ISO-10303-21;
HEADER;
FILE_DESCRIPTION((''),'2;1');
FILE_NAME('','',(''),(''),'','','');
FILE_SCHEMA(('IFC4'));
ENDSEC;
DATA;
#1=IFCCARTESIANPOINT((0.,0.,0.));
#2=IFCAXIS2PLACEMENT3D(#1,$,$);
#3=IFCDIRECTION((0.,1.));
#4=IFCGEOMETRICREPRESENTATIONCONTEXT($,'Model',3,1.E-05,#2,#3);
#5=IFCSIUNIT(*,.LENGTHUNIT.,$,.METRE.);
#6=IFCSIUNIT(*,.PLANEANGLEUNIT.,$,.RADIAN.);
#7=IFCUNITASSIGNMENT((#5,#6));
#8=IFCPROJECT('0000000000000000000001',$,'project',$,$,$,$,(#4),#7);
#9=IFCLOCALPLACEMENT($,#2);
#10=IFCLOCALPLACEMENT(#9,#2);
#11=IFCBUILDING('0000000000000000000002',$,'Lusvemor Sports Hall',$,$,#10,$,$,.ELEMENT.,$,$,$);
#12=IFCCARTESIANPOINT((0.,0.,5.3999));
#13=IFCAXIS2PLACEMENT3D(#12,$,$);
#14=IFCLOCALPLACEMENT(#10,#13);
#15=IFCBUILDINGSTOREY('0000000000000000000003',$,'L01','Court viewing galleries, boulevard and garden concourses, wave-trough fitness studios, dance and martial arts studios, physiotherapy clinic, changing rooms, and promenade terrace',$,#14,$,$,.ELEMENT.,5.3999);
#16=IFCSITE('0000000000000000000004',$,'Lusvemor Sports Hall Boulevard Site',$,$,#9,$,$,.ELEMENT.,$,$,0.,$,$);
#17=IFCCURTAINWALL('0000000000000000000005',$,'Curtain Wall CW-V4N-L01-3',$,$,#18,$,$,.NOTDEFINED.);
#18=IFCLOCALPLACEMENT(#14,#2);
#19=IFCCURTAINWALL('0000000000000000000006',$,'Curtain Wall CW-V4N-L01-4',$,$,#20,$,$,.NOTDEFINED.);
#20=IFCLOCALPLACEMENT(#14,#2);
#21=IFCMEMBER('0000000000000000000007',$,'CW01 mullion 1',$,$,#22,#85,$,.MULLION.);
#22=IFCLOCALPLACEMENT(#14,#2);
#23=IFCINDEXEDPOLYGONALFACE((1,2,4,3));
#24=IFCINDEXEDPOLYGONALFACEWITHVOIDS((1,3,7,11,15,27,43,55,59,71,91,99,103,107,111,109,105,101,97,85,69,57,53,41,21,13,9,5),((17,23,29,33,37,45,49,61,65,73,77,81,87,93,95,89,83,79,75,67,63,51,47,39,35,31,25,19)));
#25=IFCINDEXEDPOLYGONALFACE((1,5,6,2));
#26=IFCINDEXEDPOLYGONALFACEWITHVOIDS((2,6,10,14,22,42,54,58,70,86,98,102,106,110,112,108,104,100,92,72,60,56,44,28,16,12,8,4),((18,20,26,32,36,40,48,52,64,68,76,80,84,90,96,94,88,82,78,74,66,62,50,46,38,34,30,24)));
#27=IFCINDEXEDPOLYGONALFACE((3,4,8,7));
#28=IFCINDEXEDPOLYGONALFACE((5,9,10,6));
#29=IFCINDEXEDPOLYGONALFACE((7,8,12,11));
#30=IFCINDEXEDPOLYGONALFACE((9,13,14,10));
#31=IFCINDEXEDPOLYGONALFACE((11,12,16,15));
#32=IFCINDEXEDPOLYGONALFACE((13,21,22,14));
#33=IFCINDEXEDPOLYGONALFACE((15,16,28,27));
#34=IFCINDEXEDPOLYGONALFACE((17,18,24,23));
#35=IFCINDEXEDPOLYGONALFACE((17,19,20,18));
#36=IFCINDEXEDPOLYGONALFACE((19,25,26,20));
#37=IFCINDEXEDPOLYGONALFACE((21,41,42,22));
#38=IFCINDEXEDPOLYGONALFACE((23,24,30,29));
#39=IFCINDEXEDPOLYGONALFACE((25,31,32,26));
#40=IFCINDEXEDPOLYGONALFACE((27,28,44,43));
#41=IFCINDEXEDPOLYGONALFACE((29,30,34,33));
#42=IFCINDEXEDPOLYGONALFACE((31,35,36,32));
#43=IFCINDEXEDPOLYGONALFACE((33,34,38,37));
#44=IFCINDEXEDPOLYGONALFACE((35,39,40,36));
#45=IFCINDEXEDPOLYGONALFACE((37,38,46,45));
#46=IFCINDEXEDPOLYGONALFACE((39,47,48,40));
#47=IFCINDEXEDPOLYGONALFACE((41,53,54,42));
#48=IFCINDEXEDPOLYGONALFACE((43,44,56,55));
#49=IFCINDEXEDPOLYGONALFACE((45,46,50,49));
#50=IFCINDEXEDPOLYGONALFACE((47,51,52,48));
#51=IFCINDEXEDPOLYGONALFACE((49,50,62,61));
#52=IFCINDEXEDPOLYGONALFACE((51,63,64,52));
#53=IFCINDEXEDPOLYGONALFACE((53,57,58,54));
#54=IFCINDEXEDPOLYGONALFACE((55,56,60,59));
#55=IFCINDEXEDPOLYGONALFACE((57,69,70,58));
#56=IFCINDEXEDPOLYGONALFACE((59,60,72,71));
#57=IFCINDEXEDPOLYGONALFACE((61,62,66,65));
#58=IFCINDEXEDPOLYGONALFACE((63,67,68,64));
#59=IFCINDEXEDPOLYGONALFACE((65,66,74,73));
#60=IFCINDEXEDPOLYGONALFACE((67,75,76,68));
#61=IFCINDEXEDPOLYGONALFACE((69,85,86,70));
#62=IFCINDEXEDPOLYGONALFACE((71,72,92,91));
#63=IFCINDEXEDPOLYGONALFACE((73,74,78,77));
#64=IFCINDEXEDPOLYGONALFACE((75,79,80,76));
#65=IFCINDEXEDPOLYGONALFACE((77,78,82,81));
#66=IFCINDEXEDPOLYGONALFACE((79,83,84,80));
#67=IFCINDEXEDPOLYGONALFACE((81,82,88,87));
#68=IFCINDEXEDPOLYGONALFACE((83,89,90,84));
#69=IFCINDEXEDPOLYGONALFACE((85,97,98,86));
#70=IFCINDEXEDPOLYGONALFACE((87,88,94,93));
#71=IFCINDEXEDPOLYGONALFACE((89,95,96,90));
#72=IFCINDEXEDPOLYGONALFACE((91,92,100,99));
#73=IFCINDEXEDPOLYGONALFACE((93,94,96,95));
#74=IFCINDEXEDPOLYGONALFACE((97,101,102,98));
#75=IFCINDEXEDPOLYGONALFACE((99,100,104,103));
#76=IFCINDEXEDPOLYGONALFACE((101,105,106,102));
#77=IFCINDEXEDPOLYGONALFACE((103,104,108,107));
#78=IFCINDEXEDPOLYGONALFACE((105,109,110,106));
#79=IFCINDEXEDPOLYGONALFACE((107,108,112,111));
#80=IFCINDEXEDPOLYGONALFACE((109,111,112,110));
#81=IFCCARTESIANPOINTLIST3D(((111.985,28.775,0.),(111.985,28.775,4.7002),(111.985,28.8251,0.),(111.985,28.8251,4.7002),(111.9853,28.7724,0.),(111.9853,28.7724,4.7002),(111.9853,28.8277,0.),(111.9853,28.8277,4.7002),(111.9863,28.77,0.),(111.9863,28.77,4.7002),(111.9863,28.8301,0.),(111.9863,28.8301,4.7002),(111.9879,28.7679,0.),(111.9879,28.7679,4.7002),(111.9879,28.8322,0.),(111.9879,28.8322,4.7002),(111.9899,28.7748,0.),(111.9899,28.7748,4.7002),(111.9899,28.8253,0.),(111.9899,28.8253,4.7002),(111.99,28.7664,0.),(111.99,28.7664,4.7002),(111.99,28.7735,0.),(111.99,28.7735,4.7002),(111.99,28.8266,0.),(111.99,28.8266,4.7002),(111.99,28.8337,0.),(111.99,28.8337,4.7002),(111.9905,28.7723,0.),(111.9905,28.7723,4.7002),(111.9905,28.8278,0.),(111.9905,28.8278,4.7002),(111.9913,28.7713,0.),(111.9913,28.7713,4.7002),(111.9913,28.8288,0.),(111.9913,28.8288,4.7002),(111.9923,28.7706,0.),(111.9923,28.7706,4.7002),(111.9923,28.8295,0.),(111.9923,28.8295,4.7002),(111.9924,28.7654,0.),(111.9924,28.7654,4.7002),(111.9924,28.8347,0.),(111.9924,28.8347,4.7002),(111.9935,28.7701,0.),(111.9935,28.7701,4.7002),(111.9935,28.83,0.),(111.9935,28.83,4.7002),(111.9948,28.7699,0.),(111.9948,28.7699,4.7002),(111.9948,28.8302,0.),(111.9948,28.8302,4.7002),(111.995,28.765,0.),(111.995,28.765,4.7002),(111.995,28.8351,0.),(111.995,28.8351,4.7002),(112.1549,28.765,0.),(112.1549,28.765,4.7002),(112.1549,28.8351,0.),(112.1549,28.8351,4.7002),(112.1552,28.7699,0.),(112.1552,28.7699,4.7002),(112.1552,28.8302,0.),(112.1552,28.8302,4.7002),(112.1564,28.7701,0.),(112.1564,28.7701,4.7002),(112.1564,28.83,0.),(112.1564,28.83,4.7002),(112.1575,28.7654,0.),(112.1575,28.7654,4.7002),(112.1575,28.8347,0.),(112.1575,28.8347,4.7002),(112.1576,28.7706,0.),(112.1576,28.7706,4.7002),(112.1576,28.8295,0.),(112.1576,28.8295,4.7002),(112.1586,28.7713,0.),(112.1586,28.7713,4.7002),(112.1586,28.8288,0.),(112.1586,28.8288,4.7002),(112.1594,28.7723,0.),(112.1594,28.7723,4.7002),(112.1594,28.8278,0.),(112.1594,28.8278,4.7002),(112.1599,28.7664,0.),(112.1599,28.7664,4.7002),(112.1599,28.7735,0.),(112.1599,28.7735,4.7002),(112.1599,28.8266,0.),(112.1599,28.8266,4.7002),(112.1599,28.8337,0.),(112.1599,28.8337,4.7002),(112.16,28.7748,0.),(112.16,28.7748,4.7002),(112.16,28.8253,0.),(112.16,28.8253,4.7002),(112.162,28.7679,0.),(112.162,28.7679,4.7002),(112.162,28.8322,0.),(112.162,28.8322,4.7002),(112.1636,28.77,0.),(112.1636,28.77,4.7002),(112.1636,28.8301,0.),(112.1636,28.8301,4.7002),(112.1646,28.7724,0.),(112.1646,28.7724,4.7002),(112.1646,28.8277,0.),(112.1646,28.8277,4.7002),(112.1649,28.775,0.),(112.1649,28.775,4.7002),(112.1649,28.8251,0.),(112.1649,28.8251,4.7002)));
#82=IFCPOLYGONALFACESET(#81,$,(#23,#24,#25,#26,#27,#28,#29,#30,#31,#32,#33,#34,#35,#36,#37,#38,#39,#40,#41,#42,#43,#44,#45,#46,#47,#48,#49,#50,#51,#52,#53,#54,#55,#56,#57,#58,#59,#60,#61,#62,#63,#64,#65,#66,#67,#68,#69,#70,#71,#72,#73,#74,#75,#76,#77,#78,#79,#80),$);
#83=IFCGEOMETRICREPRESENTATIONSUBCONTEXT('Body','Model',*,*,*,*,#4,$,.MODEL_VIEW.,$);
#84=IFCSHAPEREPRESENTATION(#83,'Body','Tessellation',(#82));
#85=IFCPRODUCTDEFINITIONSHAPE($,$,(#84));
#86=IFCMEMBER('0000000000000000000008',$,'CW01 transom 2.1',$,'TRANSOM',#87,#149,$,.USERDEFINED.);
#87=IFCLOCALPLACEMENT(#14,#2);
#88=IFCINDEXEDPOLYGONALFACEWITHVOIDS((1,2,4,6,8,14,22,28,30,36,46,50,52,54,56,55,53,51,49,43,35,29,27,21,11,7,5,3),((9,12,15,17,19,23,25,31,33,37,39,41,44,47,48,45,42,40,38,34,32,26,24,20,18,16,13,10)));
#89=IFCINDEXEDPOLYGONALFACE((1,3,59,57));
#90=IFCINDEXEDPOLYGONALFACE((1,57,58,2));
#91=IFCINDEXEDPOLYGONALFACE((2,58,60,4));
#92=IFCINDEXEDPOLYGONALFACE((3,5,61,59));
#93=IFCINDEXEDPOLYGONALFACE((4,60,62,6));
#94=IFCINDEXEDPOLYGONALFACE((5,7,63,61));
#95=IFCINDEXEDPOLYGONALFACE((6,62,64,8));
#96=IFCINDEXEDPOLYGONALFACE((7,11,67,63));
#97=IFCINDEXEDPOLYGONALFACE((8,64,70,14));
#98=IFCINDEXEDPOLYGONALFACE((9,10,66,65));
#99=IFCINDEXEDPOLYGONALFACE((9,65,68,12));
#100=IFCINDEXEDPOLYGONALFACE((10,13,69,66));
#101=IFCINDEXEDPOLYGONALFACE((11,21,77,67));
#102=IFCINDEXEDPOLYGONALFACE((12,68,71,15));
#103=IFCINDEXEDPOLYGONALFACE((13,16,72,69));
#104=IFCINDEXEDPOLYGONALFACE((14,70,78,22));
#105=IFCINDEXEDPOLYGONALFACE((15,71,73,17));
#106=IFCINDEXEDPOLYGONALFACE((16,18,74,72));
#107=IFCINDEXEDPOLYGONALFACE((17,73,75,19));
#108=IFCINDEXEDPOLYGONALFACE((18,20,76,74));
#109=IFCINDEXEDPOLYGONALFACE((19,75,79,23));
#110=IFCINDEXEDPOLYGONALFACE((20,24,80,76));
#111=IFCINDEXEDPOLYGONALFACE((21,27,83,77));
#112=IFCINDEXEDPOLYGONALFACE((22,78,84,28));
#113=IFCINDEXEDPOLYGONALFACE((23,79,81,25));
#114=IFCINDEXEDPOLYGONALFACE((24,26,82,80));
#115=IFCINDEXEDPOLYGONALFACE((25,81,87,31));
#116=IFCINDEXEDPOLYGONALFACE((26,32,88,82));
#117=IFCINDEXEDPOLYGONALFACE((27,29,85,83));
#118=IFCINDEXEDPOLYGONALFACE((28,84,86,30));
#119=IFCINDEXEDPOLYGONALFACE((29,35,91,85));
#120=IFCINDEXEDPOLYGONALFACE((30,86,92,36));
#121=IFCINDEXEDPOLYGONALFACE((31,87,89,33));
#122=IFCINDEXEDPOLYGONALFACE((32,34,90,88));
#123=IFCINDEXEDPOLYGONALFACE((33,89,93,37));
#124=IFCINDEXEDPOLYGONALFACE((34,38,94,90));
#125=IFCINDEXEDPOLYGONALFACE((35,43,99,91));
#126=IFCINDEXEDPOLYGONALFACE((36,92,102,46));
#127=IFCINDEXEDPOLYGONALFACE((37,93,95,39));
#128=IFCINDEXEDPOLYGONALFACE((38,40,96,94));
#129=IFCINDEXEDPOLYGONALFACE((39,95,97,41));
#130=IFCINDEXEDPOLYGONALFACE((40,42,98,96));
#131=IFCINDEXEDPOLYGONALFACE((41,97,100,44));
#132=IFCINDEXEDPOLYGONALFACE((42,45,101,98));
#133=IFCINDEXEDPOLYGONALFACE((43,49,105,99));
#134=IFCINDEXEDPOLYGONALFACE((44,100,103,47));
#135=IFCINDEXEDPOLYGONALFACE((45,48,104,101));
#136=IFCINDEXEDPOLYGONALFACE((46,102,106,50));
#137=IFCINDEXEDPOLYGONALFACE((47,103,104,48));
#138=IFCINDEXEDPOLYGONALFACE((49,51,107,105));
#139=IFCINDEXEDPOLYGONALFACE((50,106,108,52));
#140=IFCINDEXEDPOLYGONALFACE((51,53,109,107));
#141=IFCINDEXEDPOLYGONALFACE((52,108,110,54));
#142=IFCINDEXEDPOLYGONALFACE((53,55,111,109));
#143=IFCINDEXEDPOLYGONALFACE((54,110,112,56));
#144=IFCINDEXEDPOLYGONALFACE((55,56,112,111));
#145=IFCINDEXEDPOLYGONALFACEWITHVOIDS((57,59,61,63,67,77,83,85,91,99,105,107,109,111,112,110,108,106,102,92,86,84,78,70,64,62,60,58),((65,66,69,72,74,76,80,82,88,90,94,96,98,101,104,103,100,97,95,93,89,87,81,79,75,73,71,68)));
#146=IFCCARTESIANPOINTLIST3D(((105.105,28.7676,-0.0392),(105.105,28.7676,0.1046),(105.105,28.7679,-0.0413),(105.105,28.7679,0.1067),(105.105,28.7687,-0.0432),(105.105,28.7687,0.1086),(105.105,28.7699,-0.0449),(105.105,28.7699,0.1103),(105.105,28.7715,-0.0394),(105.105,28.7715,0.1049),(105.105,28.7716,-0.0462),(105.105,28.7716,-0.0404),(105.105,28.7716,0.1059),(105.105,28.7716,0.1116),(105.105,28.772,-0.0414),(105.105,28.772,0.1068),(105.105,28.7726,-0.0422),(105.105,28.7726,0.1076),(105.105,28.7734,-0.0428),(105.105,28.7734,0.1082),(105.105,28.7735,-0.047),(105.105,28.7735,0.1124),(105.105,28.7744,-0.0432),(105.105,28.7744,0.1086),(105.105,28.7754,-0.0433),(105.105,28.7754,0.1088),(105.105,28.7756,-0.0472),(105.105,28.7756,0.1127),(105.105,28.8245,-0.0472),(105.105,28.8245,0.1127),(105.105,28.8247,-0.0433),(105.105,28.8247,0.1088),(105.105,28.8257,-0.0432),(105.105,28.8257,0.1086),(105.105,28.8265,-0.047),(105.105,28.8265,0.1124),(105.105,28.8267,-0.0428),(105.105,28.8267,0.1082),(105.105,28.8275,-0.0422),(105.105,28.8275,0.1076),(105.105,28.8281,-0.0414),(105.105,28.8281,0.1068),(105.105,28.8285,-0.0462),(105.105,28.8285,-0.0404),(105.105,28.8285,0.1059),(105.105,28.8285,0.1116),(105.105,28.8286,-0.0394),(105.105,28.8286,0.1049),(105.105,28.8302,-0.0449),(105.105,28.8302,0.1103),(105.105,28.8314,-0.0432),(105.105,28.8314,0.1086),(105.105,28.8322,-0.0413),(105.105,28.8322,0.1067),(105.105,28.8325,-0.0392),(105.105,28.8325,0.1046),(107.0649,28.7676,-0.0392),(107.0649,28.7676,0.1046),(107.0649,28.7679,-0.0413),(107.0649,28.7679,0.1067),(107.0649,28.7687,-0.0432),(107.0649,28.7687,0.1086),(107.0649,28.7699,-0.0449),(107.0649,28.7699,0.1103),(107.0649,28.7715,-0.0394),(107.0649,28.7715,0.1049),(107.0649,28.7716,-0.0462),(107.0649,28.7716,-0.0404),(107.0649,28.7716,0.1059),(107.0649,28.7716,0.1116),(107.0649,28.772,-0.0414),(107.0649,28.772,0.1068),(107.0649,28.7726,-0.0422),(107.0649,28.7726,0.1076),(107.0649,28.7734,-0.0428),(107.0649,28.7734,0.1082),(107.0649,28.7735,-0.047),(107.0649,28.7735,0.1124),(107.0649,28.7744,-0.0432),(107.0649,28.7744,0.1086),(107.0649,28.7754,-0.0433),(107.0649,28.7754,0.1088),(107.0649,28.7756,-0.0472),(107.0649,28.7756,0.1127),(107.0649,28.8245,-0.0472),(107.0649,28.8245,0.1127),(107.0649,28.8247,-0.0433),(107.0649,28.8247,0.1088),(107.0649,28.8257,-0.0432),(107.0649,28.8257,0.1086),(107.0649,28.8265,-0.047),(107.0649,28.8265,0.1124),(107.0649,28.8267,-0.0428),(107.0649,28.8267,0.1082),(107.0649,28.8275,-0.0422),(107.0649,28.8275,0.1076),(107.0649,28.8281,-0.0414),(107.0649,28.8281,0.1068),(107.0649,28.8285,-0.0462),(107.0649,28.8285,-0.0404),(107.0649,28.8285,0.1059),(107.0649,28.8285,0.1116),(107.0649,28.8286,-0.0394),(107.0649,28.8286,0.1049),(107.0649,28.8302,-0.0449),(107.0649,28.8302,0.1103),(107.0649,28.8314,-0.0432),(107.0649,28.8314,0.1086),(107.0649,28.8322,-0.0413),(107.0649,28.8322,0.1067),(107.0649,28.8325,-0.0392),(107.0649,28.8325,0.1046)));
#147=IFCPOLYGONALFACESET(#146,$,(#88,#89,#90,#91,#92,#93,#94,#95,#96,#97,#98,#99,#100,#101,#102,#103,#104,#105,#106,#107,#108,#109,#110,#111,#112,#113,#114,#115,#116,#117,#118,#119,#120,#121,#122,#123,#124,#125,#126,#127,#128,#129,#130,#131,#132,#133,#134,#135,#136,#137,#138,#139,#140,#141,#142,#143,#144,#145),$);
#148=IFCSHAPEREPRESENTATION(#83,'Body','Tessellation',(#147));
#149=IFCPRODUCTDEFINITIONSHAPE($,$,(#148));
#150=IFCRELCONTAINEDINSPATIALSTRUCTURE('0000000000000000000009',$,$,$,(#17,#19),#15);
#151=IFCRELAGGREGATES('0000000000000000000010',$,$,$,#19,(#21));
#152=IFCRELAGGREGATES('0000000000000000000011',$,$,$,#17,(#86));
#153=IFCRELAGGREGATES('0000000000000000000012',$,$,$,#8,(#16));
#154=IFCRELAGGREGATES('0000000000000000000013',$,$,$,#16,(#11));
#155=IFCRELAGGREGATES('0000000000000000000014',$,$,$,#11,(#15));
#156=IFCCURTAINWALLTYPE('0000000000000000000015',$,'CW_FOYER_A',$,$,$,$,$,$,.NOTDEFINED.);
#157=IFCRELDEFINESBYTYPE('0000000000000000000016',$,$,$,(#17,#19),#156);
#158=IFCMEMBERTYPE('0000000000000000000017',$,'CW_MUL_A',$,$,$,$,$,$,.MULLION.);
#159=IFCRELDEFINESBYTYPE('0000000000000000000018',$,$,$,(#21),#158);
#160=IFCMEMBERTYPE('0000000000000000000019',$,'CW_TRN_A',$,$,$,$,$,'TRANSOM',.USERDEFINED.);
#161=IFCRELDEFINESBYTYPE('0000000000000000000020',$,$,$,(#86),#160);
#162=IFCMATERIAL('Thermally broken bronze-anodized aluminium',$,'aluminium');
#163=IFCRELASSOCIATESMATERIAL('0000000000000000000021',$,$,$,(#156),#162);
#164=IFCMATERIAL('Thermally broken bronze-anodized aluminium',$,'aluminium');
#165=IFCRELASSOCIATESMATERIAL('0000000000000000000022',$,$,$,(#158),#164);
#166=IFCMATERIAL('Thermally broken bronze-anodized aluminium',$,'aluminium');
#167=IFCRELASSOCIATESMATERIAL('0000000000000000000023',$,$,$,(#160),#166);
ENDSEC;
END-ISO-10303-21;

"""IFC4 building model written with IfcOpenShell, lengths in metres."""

from ifc_helpers import new_model, si_unit, direction, frame, origin, origin_2d, place, context, subcontext, project, spatial, hollow_rectangle, extrude, material, material_profile, profile_set, type_object, element, aggregate, save


model = new_model("IFC4")

# Units and contexts
model_context = context("Model", 3, precision=1e-05, world=origin(), true_north=direction((0.0, 1.0)))
body_context = subcontext(model_context, "Body", "Model", "MODEL_VIEW")
ifc_project = project(units=[si_unit("LENGTHUNIT", "METRE"), si_unit("PLANEANGLEUNIT", "RADIAN")], contexts=[model_context])

# Site, building, storey
site_placement = place(None, origin())
site = spatial("IfcSite", under=ifc_project, at=site_placement, Name="Lusvemor Sports Hall Boulevard Site", CompositionType="ELEMENT", RefElevation=0.0)
building_placement = place(site_placement, origin())
building = spatial("IfcBuilding", under=site, at=building_placement, Name="Lusvemor Sports Hall", CompositionType="ELEMENT")
storey_placement = place(building_placement, frame((0.0, 0.0, 5.3999)))
storey = spatial("IfcBuildingStorey", under=building, at=storey_placement, Name="L01", Description="Court viewing galleries, boulevard and garden concourses, wave-trough fitness studios, dance and martial arts studios, physiotherapy clinic, changing rooms, and promenade terrace", CompositionType="ELEMENT", Elevation=5.3999)

# Curtain wall
ifc_material_1 = material(Name="Thermally broken bronze-anodized aluminium", Category="aluminium")
curtain_wall_type = type_object("IfcCurtainWallType", Name="CW_FOYER_A", PredefinedType="NOTDEFINED", material=ifc_material_1)
curtain_wall_1_placement = place(storey_placement, origin())
curtain_wall_1 = element("IfcCurtainWall", 1, at=curtain_wall_1_placement, inside=storey, type_object=curtain_wall_type, Name="Curtain Wall CW-V4N-L01-3", PredefinedType="NOTDEFINED")
ifc_material_2 = material(Name="Thermally broken bronze-anodized aluminium", Category="aluminium")
ifc_material_profile_1 = material_profile(ifc_material_2, hollow_rectangle(XDim=0.0701, YDim=0.1799, WallThickness=0.0049, InnerFilletRadius=0.0049, OuterFilletRadius=0.01, at=origin_2d()), Name="CWMUL180x70x5")
ifc_profile_set_1 = profile_set([ifc_material_profile_1], Name="Thermally broken bronze-anodized aluminium")
member_type_1 = type_object("IfcMemberType", Name="CW_MUL_A", PredefinedType="MULLION", material=ifc_profile_set_1)

# Curtain wall, member
curtain_wall_2_placement = place(storey_placement, origin())
curtain_wall_2 = element("IfcCurtainWall", 2, at=curtain_wall_2_placement, inside=storey, type_object=curtain_wall_type, Name="Curtain Wall CW-V4N-L01-4", PredefinedType="NOTDEFINED")
member_1_placement = place(storey_placement, frame((112.075, 28.8, 0.0), z_axis=(0.0, 0.0, 1.0), x_axis=(0.0, 1.0, 0.0)))
member_1 = element("IfcMember", 3, at=member_1_placement, type_object=member_type_1, Name="CW01 mullion 1", PredefinedType="MULLION", context=body_context, shape_type="SweptSolid", body=[
    extrude(hollow_rectangle(XDim=0.0701, YDim=0.1799, WallThickness=0.0049, InnerFilletRadius=0.0049, OuterFilletRadius=0.01, at=origin_2d()), origin(), (0.0, 0.0, 1.0), 4.7002),
])

# Member
ifc_material_3 = material(Name="Thermally broken bronze-anodized aluminium", Category="aluminium")
ifc_material_profile_2 = material_profile(ifc_material_3, hollow_rectangle(XDim=0.0649, YDim=0.1599, WallThickness=0.0039, InnerFilletRadius=0.0039, OuterFilletRadius=0.0081, at=origin_2d()), Name="CWTRN160x65x4")
ifc_profile_set_2 = profile_set([ifc_material_profile_2], Name="Thermally broken bronze-anodized aluminium")
member_type_2 = type_object("IfcMemberType", Name="CW_TRN_A", ElementType="TRANSOM", PredefinedType="USERDEFINED", material=ifc_profile_set_2)
member_2_placement = place(storey_placement, frame((105.105, 28.8, 0.0327), z_axis=(1.0, 0.0, 0.0), x_axis=(0.0, 1.0, 0.0)))
member_2 = element("IfcMember", 4, at=member_2_placement, type_object=member_type_2, Name="CW01 transom 2.1", ObjectType="TRANSOM", PredefinedType="USERDEFINED", context=body_context, shape_type="SweptSolid", body=[
    extrude(hollow_rectangle(XDim=0.0649, YDim=0.1599, WallThickness=0.0039, InnerFilletRadius=0.0039, OuterFilletRadius=0.0081, at=origin_2d()), origin(), (0.0, 0.0, 1.0), 1.96),
])
aggregate(curtain_wall_2, [member_1])

aggregate(curtain_wall_1, [member_2])

save(model, "model.ifc")
